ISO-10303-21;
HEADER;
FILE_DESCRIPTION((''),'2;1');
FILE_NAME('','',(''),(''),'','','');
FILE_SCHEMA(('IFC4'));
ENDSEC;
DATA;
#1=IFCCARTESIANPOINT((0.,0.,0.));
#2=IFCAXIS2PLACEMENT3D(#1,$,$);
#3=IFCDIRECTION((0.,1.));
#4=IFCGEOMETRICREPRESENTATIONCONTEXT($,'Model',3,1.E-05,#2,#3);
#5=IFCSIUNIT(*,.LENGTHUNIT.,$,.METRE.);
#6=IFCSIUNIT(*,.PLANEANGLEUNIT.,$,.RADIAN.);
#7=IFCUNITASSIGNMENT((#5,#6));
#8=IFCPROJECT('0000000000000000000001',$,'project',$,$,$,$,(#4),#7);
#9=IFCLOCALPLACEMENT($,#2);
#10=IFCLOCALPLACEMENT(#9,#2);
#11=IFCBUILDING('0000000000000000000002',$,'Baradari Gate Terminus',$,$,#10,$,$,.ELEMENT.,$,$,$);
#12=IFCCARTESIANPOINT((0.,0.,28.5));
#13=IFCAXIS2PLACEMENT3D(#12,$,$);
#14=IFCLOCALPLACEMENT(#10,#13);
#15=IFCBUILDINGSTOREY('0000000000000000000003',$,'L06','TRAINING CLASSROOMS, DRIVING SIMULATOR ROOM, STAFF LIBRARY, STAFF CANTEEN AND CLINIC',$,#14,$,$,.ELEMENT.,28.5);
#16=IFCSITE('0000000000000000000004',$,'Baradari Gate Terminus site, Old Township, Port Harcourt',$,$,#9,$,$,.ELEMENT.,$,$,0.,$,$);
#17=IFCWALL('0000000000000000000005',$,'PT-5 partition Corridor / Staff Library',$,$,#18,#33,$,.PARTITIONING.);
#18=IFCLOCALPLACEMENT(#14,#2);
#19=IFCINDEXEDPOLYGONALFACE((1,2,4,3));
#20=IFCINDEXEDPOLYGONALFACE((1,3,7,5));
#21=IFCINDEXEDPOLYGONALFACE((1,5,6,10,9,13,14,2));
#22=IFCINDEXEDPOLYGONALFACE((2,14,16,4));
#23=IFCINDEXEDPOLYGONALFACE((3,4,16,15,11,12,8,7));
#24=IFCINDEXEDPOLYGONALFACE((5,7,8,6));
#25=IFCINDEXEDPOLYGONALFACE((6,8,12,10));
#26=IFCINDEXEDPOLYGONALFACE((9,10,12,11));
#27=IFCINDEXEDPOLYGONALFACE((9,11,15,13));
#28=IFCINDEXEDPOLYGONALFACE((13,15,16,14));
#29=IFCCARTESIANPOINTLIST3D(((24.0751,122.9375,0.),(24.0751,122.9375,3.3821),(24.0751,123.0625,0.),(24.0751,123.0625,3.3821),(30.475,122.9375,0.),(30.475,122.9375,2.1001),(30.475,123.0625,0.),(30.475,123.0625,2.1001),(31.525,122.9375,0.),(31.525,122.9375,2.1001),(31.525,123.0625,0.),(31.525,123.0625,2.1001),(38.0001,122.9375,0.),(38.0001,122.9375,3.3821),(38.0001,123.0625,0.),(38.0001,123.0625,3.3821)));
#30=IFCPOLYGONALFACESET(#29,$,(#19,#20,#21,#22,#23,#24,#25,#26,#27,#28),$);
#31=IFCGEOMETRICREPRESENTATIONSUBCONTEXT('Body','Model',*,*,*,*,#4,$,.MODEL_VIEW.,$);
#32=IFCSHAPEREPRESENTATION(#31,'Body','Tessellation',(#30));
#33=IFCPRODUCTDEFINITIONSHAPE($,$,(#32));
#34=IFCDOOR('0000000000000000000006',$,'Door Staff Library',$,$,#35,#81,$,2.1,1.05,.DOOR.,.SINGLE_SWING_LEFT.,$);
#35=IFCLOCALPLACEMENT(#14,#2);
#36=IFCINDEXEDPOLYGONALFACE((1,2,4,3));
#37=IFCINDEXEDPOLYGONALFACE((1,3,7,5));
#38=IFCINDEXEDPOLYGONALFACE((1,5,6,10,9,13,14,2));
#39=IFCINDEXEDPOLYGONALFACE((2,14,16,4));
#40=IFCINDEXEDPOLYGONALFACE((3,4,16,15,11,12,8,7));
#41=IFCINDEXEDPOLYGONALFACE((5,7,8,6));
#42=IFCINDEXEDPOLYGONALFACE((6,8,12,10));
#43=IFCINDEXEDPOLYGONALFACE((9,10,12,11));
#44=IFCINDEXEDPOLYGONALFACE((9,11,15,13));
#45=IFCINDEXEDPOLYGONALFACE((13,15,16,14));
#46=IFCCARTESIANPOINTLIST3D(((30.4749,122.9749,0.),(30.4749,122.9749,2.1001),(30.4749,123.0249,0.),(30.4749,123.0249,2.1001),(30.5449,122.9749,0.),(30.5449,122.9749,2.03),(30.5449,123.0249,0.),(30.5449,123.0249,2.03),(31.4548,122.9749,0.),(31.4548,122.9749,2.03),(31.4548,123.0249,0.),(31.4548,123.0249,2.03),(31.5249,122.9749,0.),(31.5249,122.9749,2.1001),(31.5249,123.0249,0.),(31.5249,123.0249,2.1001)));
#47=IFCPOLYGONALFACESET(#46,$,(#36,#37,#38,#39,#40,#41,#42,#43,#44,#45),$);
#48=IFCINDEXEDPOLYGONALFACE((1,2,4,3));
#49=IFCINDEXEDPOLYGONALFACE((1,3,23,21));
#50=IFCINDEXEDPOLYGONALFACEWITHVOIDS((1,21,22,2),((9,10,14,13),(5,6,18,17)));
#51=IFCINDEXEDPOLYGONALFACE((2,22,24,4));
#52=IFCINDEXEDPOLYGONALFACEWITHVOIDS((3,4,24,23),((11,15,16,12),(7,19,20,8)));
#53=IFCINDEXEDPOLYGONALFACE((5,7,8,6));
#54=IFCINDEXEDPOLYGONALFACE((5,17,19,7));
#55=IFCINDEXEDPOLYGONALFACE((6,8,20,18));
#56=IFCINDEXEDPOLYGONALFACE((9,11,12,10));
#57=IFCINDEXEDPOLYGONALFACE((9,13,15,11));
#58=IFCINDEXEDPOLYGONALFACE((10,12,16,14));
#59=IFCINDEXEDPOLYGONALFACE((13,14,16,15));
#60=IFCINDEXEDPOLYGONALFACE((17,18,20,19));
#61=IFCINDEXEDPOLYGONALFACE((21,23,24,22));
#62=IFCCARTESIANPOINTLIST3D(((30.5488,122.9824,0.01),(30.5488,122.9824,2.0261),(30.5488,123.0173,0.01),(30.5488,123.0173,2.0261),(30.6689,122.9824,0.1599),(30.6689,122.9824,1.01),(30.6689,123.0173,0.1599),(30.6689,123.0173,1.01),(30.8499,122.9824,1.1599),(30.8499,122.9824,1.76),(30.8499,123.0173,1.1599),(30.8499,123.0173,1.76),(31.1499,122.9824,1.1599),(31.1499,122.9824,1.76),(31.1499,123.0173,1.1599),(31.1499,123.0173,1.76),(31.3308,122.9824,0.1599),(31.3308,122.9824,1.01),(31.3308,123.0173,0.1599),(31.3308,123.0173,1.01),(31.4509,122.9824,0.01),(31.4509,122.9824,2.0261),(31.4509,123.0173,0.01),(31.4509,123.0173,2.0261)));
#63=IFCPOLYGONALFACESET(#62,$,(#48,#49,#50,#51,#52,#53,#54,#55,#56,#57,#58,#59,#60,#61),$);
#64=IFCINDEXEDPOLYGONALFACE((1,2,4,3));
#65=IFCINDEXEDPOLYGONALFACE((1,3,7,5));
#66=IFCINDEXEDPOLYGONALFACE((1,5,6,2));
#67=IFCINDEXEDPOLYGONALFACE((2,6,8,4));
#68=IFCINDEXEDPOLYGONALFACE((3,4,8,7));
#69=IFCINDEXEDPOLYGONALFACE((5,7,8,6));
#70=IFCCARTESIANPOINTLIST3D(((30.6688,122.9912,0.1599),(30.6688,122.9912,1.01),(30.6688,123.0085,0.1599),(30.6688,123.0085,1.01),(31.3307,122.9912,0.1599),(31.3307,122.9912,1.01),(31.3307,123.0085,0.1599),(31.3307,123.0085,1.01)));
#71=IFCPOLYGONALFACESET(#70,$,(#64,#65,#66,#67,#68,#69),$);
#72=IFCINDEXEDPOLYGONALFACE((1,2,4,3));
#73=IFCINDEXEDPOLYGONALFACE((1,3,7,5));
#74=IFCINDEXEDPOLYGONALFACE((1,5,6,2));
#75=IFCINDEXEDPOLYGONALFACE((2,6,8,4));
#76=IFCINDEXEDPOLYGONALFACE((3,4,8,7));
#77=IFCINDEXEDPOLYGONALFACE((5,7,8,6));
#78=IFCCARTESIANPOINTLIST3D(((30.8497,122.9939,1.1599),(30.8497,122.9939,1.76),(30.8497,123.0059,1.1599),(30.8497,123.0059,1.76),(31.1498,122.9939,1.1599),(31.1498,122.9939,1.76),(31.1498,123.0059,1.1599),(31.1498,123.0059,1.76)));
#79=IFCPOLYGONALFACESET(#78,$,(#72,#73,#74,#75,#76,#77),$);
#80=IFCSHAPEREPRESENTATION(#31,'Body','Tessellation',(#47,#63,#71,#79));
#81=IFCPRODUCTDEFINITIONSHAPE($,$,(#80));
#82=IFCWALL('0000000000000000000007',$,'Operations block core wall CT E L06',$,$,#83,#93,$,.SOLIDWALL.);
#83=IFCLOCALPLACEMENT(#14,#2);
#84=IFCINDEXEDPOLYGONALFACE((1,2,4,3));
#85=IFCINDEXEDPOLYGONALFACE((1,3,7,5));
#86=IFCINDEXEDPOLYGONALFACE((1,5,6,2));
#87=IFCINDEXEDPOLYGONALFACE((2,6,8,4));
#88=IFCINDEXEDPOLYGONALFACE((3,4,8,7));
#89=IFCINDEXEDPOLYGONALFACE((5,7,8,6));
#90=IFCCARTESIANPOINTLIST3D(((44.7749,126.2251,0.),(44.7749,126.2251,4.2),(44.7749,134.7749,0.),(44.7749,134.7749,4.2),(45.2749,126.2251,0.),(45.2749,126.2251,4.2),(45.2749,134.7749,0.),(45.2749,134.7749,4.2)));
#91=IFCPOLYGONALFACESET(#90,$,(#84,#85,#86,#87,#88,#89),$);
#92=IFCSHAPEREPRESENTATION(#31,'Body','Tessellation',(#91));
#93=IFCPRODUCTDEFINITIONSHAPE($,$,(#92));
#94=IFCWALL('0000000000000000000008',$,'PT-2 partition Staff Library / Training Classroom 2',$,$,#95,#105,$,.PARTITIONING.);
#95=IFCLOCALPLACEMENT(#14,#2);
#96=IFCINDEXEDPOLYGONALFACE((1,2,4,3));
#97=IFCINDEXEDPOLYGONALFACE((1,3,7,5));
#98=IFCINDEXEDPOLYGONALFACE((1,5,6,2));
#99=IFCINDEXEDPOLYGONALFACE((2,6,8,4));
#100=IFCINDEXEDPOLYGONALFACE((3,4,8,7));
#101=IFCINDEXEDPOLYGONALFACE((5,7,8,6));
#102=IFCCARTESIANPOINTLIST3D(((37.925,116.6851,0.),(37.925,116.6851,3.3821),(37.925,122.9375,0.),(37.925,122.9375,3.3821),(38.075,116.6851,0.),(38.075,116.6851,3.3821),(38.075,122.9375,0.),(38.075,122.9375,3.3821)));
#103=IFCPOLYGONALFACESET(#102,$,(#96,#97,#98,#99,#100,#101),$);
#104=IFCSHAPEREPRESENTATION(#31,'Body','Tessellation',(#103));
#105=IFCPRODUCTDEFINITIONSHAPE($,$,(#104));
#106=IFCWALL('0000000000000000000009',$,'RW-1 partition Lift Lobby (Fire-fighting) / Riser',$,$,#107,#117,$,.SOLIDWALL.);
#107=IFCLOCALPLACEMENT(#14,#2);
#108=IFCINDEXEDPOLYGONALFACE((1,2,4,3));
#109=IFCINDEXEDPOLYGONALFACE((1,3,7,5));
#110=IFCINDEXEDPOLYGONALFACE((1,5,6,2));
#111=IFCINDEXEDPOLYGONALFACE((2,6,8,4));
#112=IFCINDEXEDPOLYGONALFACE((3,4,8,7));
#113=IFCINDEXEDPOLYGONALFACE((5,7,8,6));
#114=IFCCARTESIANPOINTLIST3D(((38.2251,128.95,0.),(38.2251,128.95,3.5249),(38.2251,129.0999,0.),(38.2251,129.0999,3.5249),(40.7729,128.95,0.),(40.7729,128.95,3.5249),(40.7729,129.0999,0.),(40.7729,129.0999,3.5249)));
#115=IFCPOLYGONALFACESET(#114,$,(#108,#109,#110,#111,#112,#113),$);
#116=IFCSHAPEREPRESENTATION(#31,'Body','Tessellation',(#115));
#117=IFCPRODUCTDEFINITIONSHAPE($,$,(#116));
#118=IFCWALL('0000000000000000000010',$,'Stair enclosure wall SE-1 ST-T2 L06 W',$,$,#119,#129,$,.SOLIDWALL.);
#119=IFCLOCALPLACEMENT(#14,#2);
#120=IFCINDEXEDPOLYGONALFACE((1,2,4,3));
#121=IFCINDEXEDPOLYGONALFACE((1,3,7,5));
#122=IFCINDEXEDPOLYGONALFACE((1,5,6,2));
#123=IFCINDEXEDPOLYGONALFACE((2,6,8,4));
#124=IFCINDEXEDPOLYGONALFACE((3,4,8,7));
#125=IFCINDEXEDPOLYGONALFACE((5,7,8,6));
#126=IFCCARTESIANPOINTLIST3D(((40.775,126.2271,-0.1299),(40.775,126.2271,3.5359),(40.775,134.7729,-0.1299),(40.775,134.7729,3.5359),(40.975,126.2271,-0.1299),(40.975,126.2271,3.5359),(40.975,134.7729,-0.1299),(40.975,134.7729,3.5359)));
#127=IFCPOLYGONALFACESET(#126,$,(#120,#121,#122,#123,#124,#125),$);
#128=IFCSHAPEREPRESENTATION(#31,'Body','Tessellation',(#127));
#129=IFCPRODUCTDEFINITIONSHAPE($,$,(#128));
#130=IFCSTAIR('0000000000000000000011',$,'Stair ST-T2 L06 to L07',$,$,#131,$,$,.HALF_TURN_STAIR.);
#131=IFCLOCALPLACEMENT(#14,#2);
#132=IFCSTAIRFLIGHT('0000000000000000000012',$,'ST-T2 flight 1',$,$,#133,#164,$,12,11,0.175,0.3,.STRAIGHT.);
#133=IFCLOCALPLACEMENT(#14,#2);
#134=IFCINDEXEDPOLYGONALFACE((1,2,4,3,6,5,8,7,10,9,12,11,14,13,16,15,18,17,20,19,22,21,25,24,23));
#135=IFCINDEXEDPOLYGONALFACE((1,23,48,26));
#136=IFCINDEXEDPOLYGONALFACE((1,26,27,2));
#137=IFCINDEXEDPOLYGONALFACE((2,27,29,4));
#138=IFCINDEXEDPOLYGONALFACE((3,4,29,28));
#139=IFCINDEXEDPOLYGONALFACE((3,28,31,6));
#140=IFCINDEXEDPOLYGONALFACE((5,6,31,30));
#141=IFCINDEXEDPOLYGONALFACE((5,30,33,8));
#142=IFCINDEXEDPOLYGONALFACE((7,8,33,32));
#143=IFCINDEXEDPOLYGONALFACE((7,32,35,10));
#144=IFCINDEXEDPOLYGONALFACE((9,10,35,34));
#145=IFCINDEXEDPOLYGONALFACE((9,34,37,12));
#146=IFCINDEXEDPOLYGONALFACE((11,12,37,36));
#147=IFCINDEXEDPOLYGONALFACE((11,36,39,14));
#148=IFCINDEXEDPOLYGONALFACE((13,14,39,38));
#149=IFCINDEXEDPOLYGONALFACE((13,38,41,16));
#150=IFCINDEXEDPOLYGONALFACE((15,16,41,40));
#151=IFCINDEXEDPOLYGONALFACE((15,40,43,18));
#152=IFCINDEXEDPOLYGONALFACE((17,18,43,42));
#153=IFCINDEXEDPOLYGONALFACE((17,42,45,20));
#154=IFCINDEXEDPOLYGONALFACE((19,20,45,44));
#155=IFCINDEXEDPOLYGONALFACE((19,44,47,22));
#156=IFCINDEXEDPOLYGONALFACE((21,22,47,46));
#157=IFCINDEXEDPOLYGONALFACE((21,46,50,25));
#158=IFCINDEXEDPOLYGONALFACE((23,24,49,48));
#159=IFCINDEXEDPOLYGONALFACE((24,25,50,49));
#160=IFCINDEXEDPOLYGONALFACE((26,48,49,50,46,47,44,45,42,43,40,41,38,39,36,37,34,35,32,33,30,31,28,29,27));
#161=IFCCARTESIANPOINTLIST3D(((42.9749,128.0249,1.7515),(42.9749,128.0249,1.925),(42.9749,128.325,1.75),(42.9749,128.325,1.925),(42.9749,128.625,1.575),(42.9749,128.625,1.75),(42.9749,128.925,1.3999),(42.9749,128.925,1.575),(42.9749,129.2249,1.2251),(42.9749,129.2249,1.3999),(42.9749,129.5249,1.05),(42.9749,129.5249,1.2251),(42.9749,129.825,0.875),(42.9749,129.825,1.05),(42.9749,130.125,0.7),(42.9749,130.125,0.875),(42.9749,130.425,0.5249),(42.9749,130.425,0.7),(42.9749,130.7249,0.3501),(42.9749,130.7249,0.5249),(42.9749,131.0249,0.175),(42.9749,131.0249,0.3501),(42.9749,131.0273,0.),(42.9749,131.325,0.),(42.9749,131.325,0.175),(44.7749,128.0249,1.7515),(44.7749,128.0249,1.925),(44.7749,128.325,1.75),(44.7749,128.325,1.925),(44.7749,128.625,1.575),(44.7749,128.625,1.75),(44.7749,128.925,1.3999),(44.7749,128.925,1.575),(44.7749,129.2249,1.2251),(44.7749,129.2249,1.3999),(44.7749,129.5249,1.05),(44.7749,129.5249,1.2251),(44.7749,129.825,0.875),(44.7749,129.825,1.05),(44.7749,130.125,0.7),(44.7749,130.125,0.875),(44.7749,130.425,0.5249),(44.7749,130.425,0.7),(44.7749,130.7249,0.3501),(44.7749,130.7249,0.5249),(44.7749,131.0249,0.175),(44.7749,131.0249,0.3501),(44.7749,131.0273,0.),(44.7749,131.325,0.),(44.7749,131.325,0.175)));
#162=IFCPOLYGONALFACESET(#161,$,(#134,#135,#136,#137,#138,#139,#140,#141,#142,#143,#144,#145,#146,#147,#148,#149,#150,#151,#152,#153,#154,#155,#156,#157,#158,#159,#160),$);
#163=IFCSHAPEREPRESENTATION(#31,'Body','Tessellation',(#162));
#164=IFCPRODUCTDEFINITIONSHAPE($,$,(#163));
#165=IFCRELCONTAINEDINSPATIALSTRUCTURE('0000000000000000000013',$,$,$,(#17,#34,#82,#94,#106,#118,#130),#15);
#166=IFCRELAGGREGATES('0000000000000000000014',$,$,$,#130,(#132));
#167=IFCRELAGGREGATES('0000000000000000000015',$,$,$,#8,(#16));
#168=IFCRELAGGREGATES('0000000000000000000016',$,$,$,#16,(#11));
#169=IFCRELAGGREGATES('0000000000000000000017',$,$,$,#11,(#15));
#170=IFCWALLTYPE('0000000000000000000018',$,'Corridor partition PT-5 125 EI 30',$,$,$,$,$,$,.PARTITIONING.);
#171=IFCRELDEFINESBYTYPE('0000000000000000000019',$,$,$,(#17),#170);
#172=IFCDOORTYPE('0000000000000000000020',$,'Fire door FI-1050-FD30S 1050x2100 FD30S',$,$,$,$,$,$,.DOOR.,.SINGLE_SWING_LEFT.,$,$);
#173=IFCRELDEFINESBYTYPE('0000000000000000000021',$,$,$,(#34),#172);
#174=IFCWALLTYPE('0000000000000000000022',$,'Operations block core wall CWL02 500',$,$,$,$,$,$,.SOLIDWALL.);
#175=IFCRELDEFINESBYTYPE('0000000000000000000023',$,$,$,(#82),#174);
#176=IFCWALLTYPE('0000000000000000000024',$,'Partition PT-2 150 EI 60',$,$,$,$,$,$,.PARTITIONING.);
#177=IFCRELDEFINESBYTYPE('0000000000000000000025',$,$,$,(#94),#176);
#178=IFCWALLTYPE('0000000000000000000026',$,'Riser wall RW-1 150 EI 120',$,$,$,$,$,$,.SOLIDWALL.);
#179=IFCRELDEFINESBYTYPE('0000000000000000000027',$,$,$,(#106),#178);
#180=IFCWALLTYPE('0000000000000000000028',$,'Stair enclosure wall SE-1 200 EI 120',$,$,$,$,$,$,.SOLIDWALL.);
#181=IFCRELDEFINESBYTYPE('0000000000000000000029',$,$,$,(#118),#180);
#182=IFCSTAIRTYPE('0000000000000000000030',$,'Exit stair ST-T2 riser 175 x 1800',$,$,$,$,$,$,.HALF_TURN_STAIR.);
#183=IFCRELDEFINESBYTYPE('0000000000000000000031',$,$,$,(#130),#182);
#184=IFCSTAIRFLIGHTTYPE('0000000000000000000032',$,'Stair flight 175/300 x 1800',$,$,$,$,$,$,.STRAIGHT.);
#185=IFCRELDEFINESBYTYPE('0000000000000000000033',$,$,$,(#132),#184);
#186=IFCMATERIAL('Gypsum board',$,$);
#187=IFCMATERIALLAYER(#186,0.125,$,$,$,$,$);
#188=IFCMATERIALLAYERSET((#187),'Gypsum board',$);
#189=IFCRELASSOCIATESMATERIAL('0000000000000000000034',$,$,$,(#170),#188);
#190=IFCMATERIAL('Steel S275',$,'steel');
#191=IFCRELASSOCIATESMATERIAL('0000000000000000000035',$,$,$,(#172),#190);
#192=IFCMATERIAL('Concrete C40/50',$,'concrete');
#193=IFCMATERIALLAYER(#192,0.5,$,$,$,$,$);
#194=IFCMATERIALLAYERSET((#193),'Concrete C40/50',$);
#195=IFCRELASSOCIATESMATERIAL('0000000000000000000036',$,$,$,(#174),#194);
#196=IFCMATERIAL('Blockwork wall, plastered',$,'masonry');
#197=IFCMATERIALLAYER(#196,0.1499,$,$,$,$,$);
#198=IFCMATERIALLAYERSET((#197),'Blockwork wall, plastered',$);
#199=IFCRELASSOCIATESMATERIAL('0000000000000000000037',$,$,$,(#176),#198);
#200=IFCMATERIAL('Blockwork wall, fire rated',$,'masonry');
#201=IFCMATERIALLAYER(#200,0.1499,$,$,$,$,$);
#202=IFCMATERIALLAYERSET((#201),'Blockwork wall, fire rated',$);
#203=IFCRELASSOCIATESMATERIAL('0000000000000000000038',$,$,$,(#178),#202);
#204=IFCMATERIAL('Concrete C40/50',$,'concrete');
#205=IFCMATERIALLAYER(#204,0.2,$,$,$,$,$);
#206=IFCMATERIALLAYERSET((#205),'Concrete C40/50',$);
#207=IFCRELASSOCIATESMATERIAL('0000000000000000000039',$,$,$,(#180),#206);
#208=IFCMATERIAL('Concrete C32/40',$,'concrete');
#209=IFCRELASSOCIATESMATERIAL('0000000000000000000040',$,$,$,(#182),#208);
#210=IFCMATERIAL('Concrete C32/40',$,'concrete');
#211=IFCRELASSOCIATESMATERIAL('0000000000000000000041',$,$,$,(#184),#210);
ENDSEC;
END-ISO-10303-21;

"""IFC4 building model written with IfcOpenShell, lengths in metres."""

from ifc_helpers import new_model, si_unit, direction, frame, frame_2d, origin, place, context, subcontext, project, spatial, polyline, rectangle, outline, extrude, material, layer, layer_set, type_object, element, fill, aggregate, save


model = new_model("IFC4")

# Units and contexts
model_context = context("Model", 3, precision=1e-05, world=origin(), true_north=direction((0.0, 1.0)))
body_context = subcontext(model_context, "Body", "Model", "MODEL_VIEW")
ifc_project = project(units=[si_unit("LENGTHUNIT", "METRE"), si_unit("PLANEANGLEUNIT", "RADIAN")], contexts=[model_context])

# Site, building, storey
site_placement = place(None, origin())
site = spatial("IfcSite", under=ifc_project, at=site_placement, Name="Baradari Gate Terminus site, Old Township, Port Harcourt", CompositionType="ELEMENT", RefElevation=0.0)
building_placement = place(site_placement, origin())
building = spatial("IfcBuilding", under=site, at=building_placement, Name="Baradari Gate Terminus", CompositionType="ELEMENT")
storey_placement = place(building_placement, frame((0.0, 0.0, 28.5)))
storey = spatial("IfcBuildingStorey", under=building, at=storey_placement, Name="L06", Description="TRAINING CLASSROOMS, DRIVING SIMULATOR ROOM, STAFF LIBRARY, STAFF CANTEEN AND CLINIC", CompositionType="ELEMENT", Elevation=28.5)

# Wall, opening, door
ifc_material_1 = material(Name="Gypsum board")
ifc_layer_1 = layer(ifc_material_1, 0.125)
ifc_layer_set_1 = layer_set([ifc_layer_1], Name="Gypsum board")
wall_type_1 = type_object("IfcWallType", Name="Corridor partition PT-5 125 EI 30", PredefinedType="PARTITIONING", material=ifc_layer_set_1)
wall_1_placement = place(storey_placement, frame((38.0, 123.0, 0.0), z_axis=(0.0, 0.0, 1.0), x_axis=(-1.0, 0.0, 0.0)))
wall_1 = element("IfcWall", 1, at=wall_1_placement, inside=storey, type_object=wall_type_1, Name="PT-5 partition Corridor / Staff Library", PredefinedType="PARTITIONING", context=body_context, shape_type="SweptSolid", body=[
    extrude(rectangle(XDim=13.925, YDim=0.125, at=frame_2d((6.9624, 0.0))), origin(), (0.0, 0.0, 1.0), 3.3821),
])
opening_placement = place(wall_1_placement, frame((6.4751, 0.0, 0.0)))
opening = element("IfcOpeningElement", 2, at=opening_placement, cuts=wall_1, PredefinedType="OPENING", context=body_context, shape_type="SweptSolid", body=[
    extrude(rectangle(XDim=1.05, YDim=2.1001, at=frame_2d((0.5249, 1.05))), frame((0.0, 0.0725, 0.0), z_axis=(0.0, -1.0, 0.0), x_axis=(1.0, 0.0, 0.0)), (0.0, 0.0, 1.0), 0.145),
])
ifc_material_2 = material(Name="Steel S275", Category="steel")
door_type = type_object("IfcDoorType", Name="Fire door FI-1050-FD30S 1050x2100 FD30S", OperationType="SINGLE_SWING_LEFT", PredefinedType="DOOR", material=ifc_material_2)
door_placement = place(opening_placement, frame((1.05, 0.0, 0.0), z_axis=(0.0, 0.0, 1.0), x_axis=(-1.0, 0.0, 0.0)))
door = element("IfcDoor", 3, at=door_placement, inside=storey, type_object=door_type, Name="Door Staff Library", OperationType="SINGLE_SWING_LEFT", OverallHeight=2.1, OverallWidth=1.05, PredefinedType="DOOR", context=body_context, shape_type="SweptSolid", body=[
    extrude(outline(polyline([(0.0, 0.0), (0.0701, 0.0), (0.0701, 2.03), (0.98, 2.03), (0.98, 0.0), (1.05, 0.0), (1.05, 2.1001), (0.0, 2.1001), (0.0, 0.0)])), frame((0.0, 0.0249, 0.0), z_axis=(0.0, -1.0, 0.0), x_axis=(1.0, 0.0, 0.0)), (0.0, 0.0, 1.0), 0.05),
    extrude(outline(polyline([(0.074, 0.01), (0.9761, 0.01), (0.9761, 2.0261), (0.074, 2.0261), (0.074, 0.01)]), holes=[polyline([(0.1941, 0.1599), (0.856, 0.1599), (0.856, 1.01), (0.1941, 1.01), (0.1941, 0.1599)]), polyline([(0.375, 1.1599), (0.675, 1.1599), (0.675, 1.76), (0.375, 1.76), (0.375, 1.1599)])]), frame((0.0, 0.0173, 0.0), z_axis=(0.0, -1.0, 0.0), x_axis=(1.0, 0.0, 0.0)), (0.0, 0.0, 1.0), 0.0349),
    extrude(rectangle(XDim=0.6619, YDim=0.8501, at=frame_2d((0.5249, 0.585))), frame((0.0, 0.0085, 0.0), z_axis=(0.0, -1.0, 0.0), x_axis=(1.0, 0.0, 0.0)), (0.0, 0.0, 1.0), 0.0173),
    extrude(rectangle(XDim=0.3, YDim=0.6001, at=frame_2d((0.5249, 1.46))), frame((0.0, 0.0059, 0.0), z_axis=(0.0, -1.0, 0.0), x_axis=(1.0, 0.0, 0.0)), (0.0, 0.0, 1.0), 0.012),
])
fill(opening, door)

# Walls
ifc_material_3 = material(Name="Concrete C40/50", Category="concrete")
ifc_layer_2 = layer(ifc_material_3, 0.5)
ifc_layer_set_2 = layer_set([ifc_layer_2], Name="Concrete C40/50")
wall_type_2 = type_object("IfcWallType", Name="Operations block core wall CWL02 500", PredefinedType="SOLIDWALL", material=ifc_layer_set_2)
wall_2_placement = place(storey_placement, frame((45.0249, 126.2251, 0.0), z_axis=(0.0, 0.0, 1.0), x_axis=(0.0, 1.0, 0.0)))
element("IfcWall", 4, at=wall_2_placement, inside=storey, type_object=wall_type_2, Name="Operations block core wall CT E L06", PredefinedType="SOLIDWALL", context=body_context, shape_type="SweptSolid", body=[
    extrude(rectangle(XDim=8.5498, YDim=0.5, at=frame_2d((4.2749, 0.0))), origin(), (0.0, 0.0, 1.0), 4.2),
])
ifc_material_4 = material(Name="Blockwork wall, plastered", Category="masonry")
ifc_layer_3 = layer(ifc_material_4, 0.1499)
ifc_layer_set_3 = layer_set([ifc_layer_3], Name="Blockwork wall, plastered")
wall_type_3 = type_object("IfcWallType", Name="Partition PT-2 150 EI 60", PredefinedType="PARTITIONING", material=ifc_layer_set_3)
wall_3_placement = place(storey_placement, frame((38.0, 122.9375, 0.0), z_axis=(0.0, 0.0, 1.0), x_axis=(0.0, -1.0, 0.0)))
element("IfcWall", 5, at=wall_3_placement, inside=storey, type_object=wall_type_3, Name="PT-2 partition Staff Library / Training Classroom 2", PredefinedType="PARTITIONING", context=body_context, shape_type="SweptSolid", body=[
    extrude(rectangle(XDim=6.2524, YDim=0.1499, at=frame_2d((3.1262, 0.0))), origin(), (0.0, 0.0, 1.0), 3.3821),
])
ifc_material_5 = material(Name="Blockwork wall, fire rated", Category="masonry")
ifc_layer_4 = layer(ifc_material_5, 0.1499)
ifc_layer_set_4 = layer_set([ifc_layer_4], Name="Blockwork wall, fire rated")
wall_type_4 = type_object("IfcWallType", Name="Riser wall RW-1 150 EI 120", PredefinedType="SOLIDWALL", material=ifc_layer_set_4)
wall_4_placement = place(storey_placement, frame((40.7729, 129.0249, 0.0), z_axis=(0.0, 0.0, 1.0), x_axis=(-1.0, 0.0, 0.0)))
element("IfcWall", 6, at=wall_4_placement, inside=storey, type_object=wall_type_4, Name="RW-1 partition Lift Lobby (Fire-fighting) / Riser", PredefinedType="SOLIDWALL", context=body_context, shape_type="SweptSolid", body=[
    extrude(rectangle(XDim=2.5479, YDim=0.1499, at=frame_2d((1.2739, 0.0))), origin(), (0.0, 0.0, 1.0), 3.5249),
])
ifc_material_6 = material(Name="Concrete C40/50", Category="concrete")
ifc_layer_5 = layer(ifc_material_6, 0.2)
ifc_layer_set_5 = layer_set([ifc_layer_5], Name="Concrete C40/50")
wall_type_5 = type_object("IfcWallType", Name="Stair enclosure wall SE-1 200 EI 120", PredefinedType="SOLIDWALL", material=ifc_layer_set_5)
wall_5_placement = place(storey_placement, frame((40.875, 126.2271, -0.1299), z_axis=(0.0, 0.0, 1.0), x_axis=(0.0, 1.0, 0.0)))
element("IfcWall", 7, at=wall_5_placement, inside=storey, type_object=wall_type_5, Name="Stair enclosure wall SE-1 ST-T2 L06 W", PredefinedType="SOLIDWALL", context=body_context, shape_type="SweptSolid", body=[
    extrude(rectangle(XDim=8.5459, YDim=0.2, at=frame_2d((4.2729, 0.0))), origin(), (0.0, 0.0, 1.0), 3.6658),
])

# Stair, stair flight
ifc_material_7 = material(Name="Concrete C32/40", Category="concrete")
stair_type = type_object("IfcStairType", Name="Exit stair ST-T2 riser 175 x 1800", PredefinedType="HALF_TURN_STAIR", material=ifc_material_7)
stair_placement = place(storey_placement, origin())
stair = element("IfcStair", 8, at=stair_placement, inside=storey, type_object=stair_type, Name="Stair ST-T2 L06 to L07", PredefinedType="HALF_TURN_STAIR")
ifc_material_8 = material(Name="Concrete C32/40", Category="concrete")
stair_flight_type = type_object("IfcStairFlightType", Name="Stair flight 175/300 x 1800", PredefinedType="STRAIGHT", material=ifc_material_8)
stair_flight_1_placement = place(storey_placement, frame((43.875, 131.325, 0.0), z_axis=(0.0, 0.0, 1.0), x_axis=(0.0, -1.0, 0.0)))
stair_flight_1 = element("IfcStairFlight", 9, at=stair_flight_1_placement, type_object=stair_flight_type, Name="ST-T2 flight 1", NumberOfRisers=12, NumberOfTreads=11, PredefinedType="STRAIGHT", RiserHeight=0.175, TreadLength=0.3, context=body_context, shape_type="SweptSolid", body=[
    extrude(outline(polyline([(0.0, 0.0), (0.0, 0.175), (0.3, 0.175), (0.3, 0.3501), (0.6001, 0.3501), (0.6001, 0.5249), (0.8999, 0.5249), (0.8999, 0.7), (1.2, 0.7), (1.2, 0.875), (1.5, 0.875), (1.5, 1.05), (1.8, 1.05), (1.8, 1.2251), (2.1001, 1.2251), (2.1001, 1.3999), (2.3999, 1.3999), (2.3999, 1.575), (2.7, 1.575), (2.7, 1.75), (3.0, 1.75), (3.0, 1.925), (3.3, 1.925), (3.3, 2.1001), (3.3, 1.7515), (0.2976, 0.0), (0.0, 0.0)])), frame((0.0, 0.8999, 0.0), z_axis=(0.0, -1.0, 0.0), x_axis=(1.0, 0.0, 0.0)), (0.0, 0.0, 1.0), 1.8),
])
aggregate(stair, [stair_flight_1])

save(model, "model.ifc")
